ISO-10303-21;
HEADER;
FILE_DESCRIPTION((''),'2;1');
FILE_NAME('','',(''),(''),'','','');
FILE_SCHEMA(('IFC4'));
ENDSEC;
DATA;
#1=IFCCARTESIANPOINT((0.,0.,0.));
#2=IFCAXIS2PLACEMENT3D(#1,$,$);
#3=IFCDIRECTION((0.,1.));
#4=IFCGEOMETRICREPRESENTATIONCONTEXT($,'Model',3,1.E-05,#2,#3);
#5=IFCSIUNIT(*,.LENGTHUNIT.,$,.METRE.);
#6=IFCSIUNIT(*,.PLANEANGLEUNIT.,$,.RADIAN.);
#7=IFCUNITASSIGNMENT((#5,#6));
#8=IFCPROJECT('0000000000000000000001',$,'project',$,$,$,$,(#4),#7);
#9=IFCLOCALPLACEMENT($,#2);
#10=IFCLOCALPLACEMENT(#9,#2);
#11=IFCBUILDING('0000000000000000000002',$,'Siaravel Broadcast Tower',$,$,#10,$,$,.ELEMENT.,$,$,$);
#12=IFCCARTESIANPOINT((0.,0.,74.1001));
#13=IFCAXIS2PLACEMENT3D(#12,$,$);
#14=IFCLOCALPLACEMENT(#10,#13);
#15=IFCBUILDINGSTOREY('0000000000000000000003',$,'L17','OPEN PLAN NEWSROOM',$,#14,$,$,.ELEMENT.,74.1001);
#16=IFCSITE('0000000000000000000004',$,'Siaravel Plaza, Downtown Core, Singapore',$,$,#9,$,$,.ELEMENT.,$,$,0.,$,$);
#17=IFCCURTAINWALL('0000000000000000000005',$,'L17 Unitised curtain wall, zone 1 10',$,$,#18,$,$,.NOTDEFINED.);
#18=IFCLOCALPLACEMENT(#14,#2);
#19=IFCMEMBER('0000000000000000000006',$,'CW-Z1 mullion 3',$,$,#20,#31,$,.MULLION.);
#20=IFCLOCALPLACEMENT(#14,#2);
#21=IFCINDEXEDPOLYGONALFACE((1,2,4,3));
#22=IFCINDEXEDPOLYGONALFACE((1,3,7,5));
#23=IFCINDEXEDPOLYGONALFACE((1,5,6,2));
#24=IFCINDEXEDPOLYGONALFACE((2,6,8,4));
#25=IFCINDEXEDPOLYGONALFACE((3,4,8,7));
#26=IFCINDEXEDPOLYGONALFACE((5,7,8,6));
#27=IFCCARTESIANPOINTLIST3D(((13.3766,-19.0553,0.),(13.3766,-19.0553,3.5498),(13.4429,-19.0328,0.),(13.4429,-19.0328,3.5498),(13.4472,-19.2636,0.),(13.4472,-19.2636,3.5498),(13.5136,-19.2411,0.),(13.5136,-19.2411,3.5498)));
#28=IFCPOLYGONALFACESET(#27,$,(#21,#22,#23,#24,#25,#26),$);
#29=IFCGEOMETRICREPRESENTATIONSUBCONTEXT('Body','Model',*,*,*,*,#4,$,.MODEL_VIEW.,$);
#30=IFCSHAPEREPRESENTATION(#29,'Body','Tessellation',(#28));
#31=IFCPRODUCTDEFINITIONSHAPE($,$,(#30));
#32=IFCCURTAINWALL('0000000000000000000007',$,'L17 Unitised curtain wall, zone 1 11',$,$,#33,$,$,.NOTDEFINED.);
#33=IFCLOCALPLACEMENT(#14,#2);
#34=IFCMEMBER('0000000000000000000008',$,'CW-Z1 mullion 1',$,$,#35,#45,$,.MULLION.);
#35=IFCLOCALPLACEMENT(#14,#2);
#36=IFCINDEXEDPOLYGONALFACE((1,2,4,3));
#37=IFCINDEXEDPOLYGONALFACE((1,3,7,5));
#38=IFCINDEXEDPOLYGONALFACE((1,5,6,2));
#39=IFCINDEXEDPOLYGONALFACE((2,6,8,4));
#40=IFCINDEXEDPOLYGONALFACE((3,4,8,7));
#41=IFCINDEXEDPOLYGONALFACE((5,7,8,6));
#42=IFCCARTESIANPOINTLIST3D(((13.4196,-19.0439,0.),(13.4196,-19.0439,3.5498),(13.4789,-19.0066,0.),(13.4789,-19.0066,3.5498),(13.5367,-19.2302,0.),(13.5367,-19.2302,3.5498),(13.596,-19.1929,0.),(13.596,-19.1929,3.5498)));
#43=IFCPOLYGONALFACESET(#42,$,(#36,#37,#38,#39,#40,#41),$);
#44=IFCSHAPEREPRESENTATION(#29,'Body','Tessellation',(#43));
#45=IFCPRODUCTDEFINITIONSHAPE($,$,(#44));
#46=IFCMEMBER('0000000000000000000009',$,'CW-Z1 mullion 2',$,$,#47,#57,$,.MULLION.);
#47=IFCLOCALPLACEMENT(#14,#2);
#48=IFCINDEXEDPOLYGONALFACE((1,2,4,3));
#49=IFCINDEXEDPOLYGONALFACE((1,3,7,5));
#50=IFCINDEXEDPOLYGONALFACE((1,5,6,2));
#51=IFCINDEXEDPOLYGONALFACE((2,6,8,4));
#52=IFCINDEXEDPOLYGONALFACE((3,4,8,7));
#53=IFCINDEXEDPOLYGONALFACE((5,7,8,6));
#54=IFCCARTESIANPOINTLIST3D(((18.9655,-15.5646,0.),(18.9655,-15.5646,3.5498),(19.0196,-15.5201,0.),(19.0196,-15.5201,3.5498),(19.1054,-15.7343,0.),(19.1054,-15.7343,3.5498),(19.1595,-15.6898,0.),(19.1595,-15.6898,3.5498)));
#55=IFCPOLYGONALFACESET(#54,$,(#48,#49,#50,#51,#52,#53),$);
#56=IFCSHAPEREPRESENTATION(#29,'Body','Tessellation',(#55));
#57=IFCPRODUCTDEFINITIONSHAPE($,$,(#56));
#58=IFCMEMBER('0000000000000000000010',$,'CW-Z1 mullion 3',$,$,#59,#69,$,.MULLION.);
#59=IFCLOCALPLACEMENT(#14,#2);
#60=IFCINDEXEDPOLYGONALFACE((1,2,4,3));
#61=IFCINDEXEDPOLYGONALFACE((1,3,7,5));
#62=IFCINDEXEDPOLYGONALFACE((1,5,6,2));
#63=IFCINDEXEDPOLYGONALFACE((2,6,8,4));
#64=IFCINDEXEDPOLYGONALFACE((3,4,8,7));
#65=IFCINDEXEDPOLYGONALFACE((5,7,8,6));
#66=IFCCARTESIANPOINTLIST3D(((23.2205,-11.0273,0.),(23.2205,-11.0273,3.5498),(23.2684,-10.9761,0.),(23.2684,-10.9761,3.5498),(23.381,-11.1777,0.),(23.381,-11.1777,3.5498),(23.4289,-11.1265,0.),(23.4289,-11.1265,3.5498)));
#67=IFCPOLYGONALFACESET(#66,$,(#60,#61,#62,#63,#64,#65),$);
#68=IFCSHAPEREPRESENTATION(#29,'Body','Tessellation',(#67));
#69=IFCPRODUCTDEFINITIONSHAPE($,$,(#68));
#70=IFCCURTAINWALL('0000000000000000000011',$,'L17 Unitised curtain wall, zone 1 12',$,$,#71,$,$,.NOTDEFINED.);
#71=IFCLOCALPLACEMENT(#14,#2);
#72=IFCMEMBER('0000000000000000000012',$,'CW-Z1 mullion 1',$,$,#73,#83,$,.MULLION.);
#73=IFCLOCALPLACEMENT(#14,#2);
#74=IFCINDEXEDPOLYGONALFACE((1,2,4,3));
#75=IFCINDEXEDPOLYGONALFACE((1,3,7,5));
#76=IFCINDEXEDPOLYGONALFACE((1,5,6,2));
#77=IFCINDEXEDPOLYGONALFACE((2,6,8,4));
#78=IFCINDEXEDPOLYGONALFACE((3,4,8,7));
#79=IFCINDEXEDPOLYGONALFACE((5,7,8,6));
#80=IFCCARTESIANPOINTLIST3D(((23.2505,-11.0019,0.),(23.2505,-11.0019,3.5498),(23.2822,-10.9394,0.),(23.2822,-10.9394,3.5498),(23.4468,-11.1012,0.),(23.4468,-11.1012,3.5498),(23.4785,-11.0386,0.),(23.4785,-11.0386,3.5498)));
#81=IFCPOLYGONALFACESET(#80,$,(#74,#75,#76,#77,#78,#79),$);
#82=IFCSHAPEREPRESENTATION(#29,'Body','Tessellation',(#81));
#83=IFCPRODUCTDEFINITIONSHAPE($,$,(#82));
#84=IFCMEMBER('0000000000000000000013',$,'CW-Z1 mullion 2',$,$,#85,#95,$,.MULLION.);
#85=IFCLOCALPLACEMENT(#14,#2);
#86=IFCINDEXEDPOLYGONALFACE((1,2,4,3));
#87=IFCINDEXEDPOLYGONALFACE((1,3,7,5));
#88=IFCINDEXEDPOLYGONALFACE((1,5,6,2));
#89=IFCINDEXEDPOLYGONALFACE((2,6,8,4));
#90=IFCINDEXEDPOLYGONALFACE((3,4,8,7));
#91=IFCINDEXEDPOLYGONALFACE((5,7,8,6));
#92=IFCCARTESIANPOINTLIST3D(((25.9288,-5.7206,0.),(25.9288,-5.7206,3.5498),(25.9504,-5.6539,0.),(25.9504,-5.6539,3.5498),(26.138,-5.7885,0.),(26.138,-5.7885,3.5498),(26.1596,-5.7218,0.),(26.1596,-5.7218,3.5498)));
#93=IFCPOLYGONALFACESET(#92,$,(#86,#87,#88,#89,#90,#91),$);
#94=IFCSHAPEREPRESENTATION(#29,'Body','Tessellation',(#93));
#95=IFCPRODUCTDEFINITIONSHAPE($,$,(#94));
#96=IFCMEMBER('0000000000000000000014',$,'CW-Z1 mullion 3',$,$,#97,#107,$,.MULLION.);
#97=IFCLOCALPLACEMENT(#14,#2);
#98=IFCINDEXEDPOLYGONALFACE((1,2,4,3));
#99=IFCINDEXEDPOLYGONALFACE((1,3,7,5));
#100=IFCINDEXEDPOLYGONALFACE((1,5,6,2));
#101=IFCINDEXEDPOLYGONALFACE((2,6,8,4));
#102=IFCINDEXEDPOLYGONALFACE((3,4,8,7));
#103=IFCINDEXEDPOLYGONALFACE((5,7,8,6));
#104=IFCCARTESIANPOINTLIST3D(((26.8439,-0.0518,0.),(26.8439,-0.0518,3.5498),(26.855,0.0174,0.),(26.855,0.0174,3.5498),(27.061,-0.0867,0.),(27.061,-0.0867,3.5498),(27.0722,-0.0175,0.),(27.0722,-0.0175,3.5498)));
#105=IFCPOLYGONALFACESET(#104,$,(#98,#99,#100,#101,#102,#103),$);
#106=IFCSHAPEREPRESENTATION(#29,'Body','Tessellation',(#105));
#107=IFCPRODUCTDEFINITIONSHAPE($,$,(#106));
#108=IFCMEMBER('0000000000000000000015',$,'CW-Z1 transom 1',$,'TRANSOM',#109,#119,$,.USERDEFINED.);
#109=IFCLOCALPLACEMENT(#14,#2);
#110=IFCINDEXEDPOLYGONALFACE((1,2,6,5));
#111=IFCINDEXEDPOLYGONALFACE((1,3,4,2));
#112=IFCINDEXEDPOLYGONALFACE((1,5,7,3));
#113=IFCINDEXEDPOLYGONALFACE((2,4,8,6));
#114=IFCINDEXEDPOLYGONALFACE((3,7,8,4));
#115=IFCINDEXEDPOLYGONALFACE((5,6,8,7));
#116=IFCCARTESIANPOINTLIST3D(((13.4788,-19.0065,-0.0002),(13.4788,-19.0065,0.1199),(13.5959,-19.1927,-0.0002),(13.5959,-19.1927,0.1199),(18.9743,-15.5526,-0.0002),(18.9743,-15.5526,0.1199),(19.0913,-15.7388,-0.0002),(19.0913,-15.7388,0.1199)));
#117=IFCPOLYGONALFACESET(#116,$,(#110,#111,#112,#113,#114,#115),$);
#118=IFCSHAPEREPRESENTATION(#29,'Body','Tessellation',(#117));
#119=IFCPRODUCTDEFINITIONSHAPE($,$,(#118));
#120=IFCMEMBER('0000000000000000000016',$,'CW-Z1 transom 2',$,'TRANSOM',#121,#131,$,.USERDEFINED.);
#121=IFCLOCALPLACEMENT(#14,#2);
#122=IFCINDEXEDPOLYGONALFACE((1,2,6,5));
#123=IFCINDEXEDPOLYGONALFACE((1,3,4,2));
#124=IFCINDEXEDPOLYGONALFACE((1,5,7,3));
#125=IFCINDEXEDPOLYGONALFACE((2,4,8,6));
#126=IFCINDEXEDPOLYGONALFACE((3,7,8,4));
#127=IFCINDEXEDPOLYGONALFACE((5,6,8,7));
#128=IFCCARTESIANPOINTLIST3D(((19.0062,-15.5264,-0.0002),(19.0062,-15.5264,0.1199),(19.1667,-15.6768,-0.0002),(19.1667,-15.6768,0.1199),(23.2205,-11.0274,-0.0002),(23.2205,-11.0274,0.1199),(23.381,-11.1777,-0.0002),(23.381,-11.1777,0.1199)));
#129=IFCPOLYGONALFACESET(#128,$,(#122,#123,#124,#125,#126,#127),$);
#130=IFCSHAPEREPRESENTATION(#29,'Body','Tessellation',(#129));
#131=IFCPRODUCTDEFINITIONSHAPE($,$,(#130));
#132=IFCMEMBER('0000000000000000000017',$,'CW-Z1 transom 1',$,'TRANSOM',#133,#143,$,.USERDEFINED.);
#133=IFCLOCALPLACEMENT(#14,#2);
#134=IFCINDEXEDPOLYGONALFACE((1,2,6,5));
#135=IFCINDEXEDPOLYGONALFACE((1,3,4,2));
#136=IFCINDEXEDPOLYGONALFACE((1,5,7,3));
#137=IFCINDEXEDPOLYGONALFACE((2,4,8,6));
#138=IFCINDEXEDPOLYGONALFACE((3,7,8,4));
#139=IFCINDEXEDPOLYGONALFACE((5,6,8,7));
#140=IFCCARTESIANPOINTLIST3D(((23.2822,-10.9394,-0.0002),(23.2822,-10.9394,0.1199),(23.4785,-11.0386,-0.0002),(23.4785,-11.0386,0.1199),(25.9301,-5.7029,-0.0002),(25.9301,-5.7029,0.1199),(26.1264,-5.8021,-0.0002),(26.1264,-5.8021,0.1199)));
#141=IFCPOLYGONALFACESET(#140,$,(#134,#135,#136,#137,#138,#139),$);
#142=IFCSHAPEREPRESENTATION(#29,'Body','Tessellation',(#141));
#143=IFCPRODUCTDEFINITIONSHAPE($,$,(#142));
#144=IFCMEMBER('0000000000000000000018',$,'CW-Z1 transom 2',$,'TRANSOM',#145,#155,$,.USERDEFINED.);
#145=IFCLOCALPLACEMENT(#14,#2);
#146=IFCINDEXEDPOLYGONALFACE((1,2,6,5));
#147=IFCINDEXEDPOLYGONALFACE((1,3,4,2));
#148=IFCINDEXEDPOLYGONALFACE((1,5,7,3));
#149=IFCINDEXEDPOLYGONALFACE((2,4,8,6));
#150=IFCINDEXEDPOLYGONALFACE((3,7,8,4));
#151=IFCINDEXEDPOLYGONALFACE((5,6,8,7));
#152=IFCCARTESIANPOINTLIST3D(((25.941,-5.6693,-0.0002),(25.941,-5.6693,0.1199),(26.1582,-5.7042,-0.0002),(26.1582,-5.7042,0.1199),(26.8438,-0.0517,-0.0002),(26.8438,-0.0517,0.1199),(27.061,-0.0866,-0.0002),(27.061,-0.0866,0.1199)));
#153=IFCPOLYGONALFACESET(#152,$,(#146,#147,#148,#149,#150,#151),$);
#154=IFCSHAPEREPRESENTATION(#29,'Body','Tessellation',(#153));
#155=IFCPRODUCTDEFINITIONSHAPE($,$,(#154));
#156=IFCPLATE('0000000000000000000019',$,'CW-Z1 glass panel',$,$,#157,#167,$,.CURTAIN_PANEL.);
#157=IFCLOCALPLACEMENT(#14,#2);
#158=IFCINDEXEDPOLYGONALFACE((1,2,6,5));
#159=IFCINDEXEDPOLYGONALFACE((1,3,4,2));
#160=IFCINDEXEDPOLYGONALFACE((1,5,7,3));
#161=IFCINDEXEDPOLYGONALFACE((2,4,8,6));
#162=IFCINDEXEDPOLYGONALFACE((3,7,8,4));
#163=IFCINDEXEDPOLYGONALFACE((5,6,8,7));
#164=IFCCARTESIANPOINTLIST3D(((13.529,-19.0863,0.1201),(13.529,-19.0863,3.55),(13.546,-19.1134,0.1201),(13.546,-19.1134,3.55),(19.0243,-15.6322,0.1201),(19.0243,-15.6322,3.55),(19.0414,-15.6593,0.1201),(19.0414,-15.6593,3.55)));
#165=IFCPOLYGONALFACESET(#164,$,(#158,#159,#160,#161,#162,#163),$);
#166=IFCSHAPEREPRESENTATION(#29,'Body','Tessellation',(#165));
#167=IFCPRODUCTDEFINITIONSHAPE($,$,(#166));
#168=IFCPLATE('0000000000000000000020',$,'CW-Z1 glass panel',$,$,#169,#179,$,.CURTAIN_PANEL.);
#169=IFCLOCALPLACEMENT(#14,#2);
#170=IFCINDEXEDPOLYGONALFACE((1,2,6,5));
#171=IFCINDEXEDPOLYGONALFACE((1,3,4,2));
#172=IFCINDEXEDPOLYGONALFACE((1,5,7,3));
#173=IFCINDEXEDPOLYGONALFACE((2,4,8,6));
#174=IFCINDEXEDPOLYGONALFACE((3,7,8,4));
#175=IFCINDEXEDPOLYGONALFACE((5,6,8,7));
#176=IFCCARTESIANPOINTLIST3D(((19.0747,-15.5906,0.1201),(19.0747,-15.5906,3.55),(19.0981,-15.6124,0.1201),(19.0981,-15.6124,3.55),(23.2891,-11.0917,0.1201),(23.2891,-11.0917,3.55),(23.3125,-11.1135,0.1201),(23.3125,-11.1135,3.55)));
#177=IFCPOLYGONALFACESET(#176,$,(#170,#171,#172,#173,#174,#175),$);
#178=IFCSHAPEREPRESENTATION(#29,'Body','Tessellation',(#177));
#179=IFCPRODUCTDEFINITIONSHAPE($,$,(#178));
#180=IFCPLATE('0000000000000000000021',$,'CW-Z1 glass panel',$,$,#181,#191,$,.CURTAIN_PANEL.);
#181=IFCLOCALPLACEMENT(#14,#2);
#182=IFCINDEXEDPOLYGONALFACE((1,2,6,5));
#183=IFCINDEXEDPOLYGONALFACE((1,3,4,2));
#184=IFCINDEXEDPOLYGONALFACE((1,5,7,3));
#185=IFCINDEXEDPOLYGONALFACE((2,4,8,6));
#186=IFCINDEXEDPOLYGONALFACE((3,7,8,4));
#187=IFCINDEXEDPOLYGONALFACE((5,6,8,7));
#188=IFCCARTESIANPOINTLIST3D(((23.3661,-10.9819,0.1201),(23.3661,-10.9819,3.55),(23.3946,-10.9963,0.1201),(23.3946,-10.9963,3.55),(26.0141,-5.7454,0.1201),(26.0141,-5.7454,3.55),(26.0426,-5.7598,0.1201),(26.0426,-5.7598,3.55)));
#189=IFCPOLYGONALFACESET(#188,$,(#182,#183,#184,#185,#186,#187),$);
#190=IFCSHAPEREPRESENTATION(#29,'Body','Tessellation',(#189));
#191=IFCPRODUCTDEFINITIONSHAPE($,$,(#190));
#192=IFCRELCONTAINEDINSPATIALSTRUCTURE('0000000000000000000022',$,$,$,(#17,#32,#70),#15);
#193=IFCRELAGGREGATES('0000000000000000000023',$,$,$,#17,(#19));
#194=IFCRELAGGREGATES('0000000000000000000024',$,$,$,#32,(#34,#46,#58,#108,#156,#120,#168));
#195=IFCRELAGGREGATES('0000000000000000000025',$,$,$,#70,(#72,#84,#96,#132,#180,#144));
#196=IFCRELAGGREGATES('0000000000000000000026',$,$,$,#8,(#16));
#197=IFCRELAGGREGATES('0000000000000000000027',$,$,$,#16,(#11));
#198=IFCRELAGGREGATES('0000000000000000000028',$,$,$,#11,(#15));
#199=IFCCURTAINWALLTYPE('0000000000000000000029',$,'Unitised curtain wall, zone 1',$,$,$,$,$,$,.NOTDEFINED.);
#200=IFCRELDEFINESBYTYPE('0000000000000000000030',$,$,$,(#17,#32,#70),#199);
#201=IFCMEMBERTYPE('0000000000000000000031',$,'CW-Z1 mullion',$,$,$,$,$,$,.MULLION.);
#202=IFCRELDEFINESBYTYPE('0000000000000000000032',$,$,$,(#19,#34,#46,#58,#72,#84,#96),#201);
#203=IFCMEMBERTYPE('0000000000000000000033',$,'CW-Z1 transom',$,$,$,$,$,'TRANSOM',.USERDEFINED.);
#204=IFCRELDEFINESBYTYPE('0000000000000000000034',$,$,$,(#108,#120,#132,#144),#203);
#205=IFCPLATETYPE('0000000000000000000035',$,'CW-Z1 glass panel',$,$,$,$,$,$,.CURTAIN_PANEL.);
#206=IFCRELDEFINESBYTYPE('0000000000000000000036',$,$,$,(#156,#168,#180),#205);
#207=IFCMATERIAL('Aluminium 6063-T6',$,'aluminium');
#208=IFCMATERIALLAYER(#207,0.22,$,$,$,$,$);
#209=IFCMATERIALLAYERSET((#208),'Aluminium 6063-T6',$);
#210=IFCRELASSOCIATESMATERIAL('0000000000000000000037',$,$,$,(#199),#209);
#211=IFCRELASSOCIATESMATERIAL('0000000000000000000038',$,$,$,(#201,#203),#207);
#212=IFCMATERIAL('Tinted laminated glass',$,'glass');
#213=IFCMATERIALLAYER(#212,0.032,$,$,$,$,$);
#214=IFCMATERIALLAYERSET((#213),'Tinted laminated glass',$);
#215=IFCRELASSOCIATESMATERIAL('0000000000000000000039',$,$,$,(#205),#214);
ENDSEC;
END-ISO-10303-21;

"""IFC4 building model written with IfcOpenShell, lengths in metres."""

from ifc_helpers import new_model, si_unit, direction, frame, origin, origin_2d, place, context, subcontext, project, spatial, rectangle, extrude, material, layer, layer_set, material_profile, profile_set, type_object, element, aggregate, save


model = new_model("IFC4")

# Units and contexts
model_context = context("Model", 3, precision=1e-05, world=origin(), true_north=direction((0.0, 1.0)))
body_context = subcontext(model_context, "Body", "Model", "MODEL_VIEW")
ifc_project = project(units=[si_unit("LENGTHUNIT", "METRE"), si_unit("PLANEANGLEUNIT", "RADIAN")], contexts=[model_context])

# Site, building, storey
site_placement = place(None, origin())
site = spatial("IfcSite", under=ifc_project, at=site_placement, Name="Siaravel Plaza, Downtown Core, Singapore", CompositionType="ELEMENT", RefElevation=0.0)
building_placement = place(site_placement, origin())
building = spatial("IfcBuilding", under=site, at=building_placement, Name="Siaravel Broadcast Tower", CompositionType="ELEMENT")
storey_placement = place(building_placement, frame((0.0, 0.0, 74.1001)))
storey = spatial("IfcBuildingStorey", under=building, at=storey_placement, Name="L17", Description="OPEN PLAN NEWSROOM", CompositionType="ELEMENT", Elevation=74.1001)

# Curtain wall, member
ifc_material_1 = material(Name="Aluminium 6063-T6", Category="aluminium")
ifc_layer_1 = layer(ifc_material_1, 0.22)
ifc_layer_set_1 = layer_set([ifc_layer_1], Name="Aluminium 6063-T6")
curtain_wall_type = type_object("IfcCurtainWallType", Name="Unitised curtain wall, zone 1", PredefinedType="NOTDEFINED", material=ifc_layer_set_1)
curtain_wall_1_placement = place(storey_placement, origin())
curtain_wall_1 = element("IfcCurtainWall", 1, at=curtain_wall_1_placement, inside=storey, type_object=curtain_wall_type, Name="L17 Unitised curtain wall, zone 1 10", PredefinedType="NOTDEFINED")
ifc_material_profile_1 = material_profile(ifc_material_1, rectangle(XDim=0.22, YDim=0.0701, at=origin_2d()))
ifc_profile_set_1 = profile_set([ifc_material_profile_1], Name="Aluminium 6063-T6")
member_type_1 = type_object("IfcMemberType", Name="CW-Z1 mullion", PredefinedType="MULLION", material=ifc_profile_set_1)
member_1_placement = place(storey_placement, frame((13.4451, -19.1482, 0.0), z_axis=(0.0, 0.0, 1.0), x_axis=(-0.321301, 0.946977, 0.0)))
member_1 = element("IfcMember", 2, at=member_1_placement, type_object=member_type_1, Name="CW-Z1 mullion 3", PredefinedType="MULLION", context=body_context, shape_type="SweptSolid", body=[
    extrude(rectangle(XDim=0.22, YDim=0.0701, at=origin_2d()), origin(), (0.0, 0.0, 1.0), 3.5498),
])
aggregate(curtain_wall_1, [member_1])

# Curtain walls, members
curtain_wall_2_placement = place(storey_placement, origin())
curtain_wall_2 = element("IfcCurtainWall", 3, at=curtain_wall_2_placement, inside=storey, type_object=curtain_wall_type, Name="L17 Unitised curtain wall, zone 1 11", PredefinedType="NOTDEFINED")
member_2_placement = place(storey_placement, frame((13.5078, -19.1184, 0.0), z_axis=(0.0, 0.0, 1.0), x_axis=(-0.53215, 0.84665, 0.0)))
member_2 = element("IfcMember", 4, at=member_2_placement, type_object=member_type_1, Name="CW-Z1 mullion 1", PredefinedType="MULLION", context=body_context, shape_type="SweptSolid", body=[
    extrude(rectangle(XDim=0.22, YDim=0.0701, at=origin_2d()), origin(), (0.0, 0.0, 1.0), 3.5498),
])
member_3_placement = place(storey_placement, frame((19.0625, -15.6272, 0.0), z_axis=(0.0, 0.0, 1.0), x_axis=(-0.636219, 0.771508, 0.0)))
member_3 = element("IfcMember", 5, at=member_3_placement, type_object=member_type_1, Name="CW-Z1 mullion 2", PredefinedType="MULLION", context=body_context, shape_type="SweptSolid", body=[
    extrude(rectangle(XDim=0.22, YDim=0.0701, at=origin_2d()), origin(), (0.0, 0.0, 1.0), 3.5498),
])
member_4_placement = place(storey_placement, frame((23.3247, -11.0769, 0.0), z_axis=(0.0, 0.0, 1.0), x_axis=(-0.729806, 0.683655, 0.0)))
member_4 = element("IfcMember", 6, at=member_4_placement, type_object=member_type_1, Name="CW-Z1 mullion 3", PredefinedType="MULLION", context=body_context, shape_type="SweptSolid", body=[
    extrude(rectangle(XDim=0.22, YDim=0.0701, at=origin_2d()), origin(), (0.0, 0.0, 1.0), 3.5498),
])
curtain_wall_3_placement = place(storey_placement, origin())
curtain_wall_3 = element("IfcCurtainWall", 7, at=curtain_wall_3_placement, inside=storey, type_object=curtain_wall_type, Name="L17 Unitised curtain wall, zone 1 12", PredefinedType="NOTDEFINED")
member_5_placement = place(storey_placement, frame((23.3645, -11.0203, 0.0), z_axis=(0.0, 0.0, 1.0), x_axis=(-0.892392, 0.451261, 0.0)))
member_5 = element("IfcMember", 8, at=member_5_placement, type_object=member_type_1, Name="CW-Z1 mullion 1", PredefinedType="MULLION", context=body_context, shape_type="SweptSolid", body=[
    extrude(rectangle(XDim=0.22, YDim=0.0701, at=origin_2d()), origin(), (0.0, 0.0, 1.0), 3.5498),
])
member_6_placement = place(storey_placement, frame((26.0442, -5.7212, 0.0), z_axis=(0.0, 0.0, 1.0), x_axis=(-0.951177, 0.308645, 0.0)))
member_6 = element("IfcMember", 9, at=member_6_placement, type_object=member_type_1, Name="CW-Z1 mullion 2", PredefinedType="MULLION", context=body_context, shape_type="SweptSolid", body=[
    extrude(rectangle(XDim=0.22, YDim=0.0701, at=origin_2d()), origin(), (0.0, 0.0, 1.0), 3.5498),
])
member_7_placement = place(storey_placement, frame((26.958, -0.0347, 0.0), z_axis=(0.0, 0.0, 1.0), x_axis=(-0.987329, 0.158685, 0.0)))
member_7 = element("IfcMember", 10, at=member_7_placement, type_object=member_type_1, Name="CW-Z1 mullion 3", PredefinedType="MULLION", context=body_context, shape_type="SweptSolid", body=[
    extrude(rectangle(XDim=0.22, YDim=0.0701, at=origin_2d()), origin(), (0.0, 0.0, 1.0), 3.5498),
])

# Members
ifc_material_profile_2 = material_profile(ifc_material_1, rectangle(XDim=0.22, YDim=0.1201, at=origin_2d()))
ifc_profile_set_2 = profile_set([ifc_material_profile_2], Name="Aluminium 6063-T6")
member_type_2 = type_object("IfcMemberType", Name="CW-Z1 transom", ElementType="TRANSOM", PredefinedType="USERDEFINED", material=ifc_profile_set_2)
member_8_placement = place(storey_placement, frame((13.5374, -19.0996, 0.0598), z_axis=(0.846662, 0.532131, 0.0), x_axis=(-0.532131, 0.846662, 0.0)))
member_8 = element("IfcMember", 11, at=member_8_placement, type_object=member_type_2, Name="CW-Z1 transom 1", ObjectType="TRANSOM", PredefinedType="USERDEFINED", context=body_context, shape_type="SweptSolid", body=[
    extrude(rectangle(XDim=0.22, YDim=0.1201, at=origin_2d()), origin(), (0.0, 0.0, 1.0), 6.4907),
])
member_9_placement = place(storey_placement, frame((19.0864, -15.6016, 0.0598), z_axis=(0.683641, 0.729819, 0.0), x_axis=(-0.729819, 0.683641, 0.0)))
member_9 = element("IfcMember", 12, at=member_9_placement, type_object=member_type_2, Name="CW-Z1 transom 2", ObjectType="TRANSOM", PredefinedType="USERDEFINED", context=body_context, shape_type="SweptSolid", body=[
    extrude(rectangle(XDim=0.22, YDim=0.1201, at=origin_2d()), origin(), (0.0, 0.0, 1.0), 6.1646),
])
member_10_placement = place(storey_placement, frame((23.3804, -10.989, 0.0598), z_axis=(0.451253, 0.892396, 0.0), x_axis=(-0.892396, 0.451253, 0.0)))
member_10 = element("IfcMember", 13, at=member_10_placement, type_object=member_type_2, Name="CW-Z1 transom 1", ObjectType="TRANSOM", PredefinedType="USERDEFINED", context=body_context, shape_type="SweptSolid", body=[
    extrude(rectangle(XDim=0.22, YDim=0.1201, at=origin_2d()), origin(), (0.0, 0.0, 1.0), 5.8679),
])
member_11_placement = place(storey_placement, frame((26.0496, -5.6868, 0.0598), z_axis=(0.158677, 0.987331, 0.0), x_axis=(-0.987331, 0.158677, 0.0)))
member_11 = element("IfcMember", 14, at=member_11_placement, type_object=member_type_2, Name="CW-Z1 transom 2", ObjectType="TRANSOM", PredefinedType="USERDEFINED", context=body_context, shape_type="SweptSolid", body=[
    extrude(rectangle(XDim=0.22, YDim=0.1201, at=origin_2d()), origin(), (0.0, 0.0, 1.0), 5.6897),
])

# Plates
ifc_material_2 = material(Name="Tinted laminated glass", Category="glass")
ifc_layer_2 = layer(ifc_material_2, 0.032)
ifc_layer_set_2 = layer_set([ifc_layer_2], Name="Tinted laminated glass")
plate_type = type_object("IfcPlateType", Name="CW-Z1 glass panel", PredefinedType="CURTAIN_PANEL", material=ifc_layer_set_2)
plate_1_placement = place(storey_placement, frame((16.2852, -17.3728, 0.1201), z_axis=(0.0, 0.0, 1.0), x_axis=(0.84665, 0.53215, 0.0)))
plate_1 = element("IfcPlate", 15, at=plate_1_placement, type_object=plate_type, Name="CW-Z1 glass panel", PredefinedType="CURTAIN_PANEL", context=body_context, shape_type="SweptSolid", body=[
    extrude(rectangle(XDim=6.4907, YDim=0.032, at=origin_2d()), origin(), (0.0, 0.0, 1.0), 3.4299),
])
plate_2_placement = place(storey_placement, frame((21.1936, -13.3521, 0.1201), z_axis=(0.0, 0.0, 1.0), x_axis=(0.683655, 0.729806, 0.0)))
plate_2 = element("IfcPlate", 16, at=plate_2_placement, type_object=plate_type, Name="CW-Z1 glass panel", PredefinedType="CURTAIN_PANEL", context=body_context, shape_type="SweptSolid", body=[
    extrude(rectangle(XDim=6.1646, YDim=0.032, at=origin_2d()), origin(), (0.0, 0.0, 1.0), 3.4299),
])
aggregate(curtain_wall_2, [member_2, member_3, member_4, member_8, plate_1, member_9, plate_2])
plate_3_placement = place(storey_placement, frame((24.7043, -8.3708, 0.1201), z_axis=(0.0, 0.0, 1.0), x_axis=(0.451261, 0.892392, 0.0)))
plate_3 = element("IfcPlate", 17, at=plate_3_placement, type_object=plate_type, Name="CW-Z1 glass panel", PredefinedType="CURTAIN_PANEL", context=body_context, shape_type="SweptSolid", body=[
    extrude(rectangle(XDim=5.8679, YDim=0.032, at=origin_2d()), origin(), (0.0, 0.0, 1.0), 3.4299),
])
aggregate(curtain_wall_3, [member_5, member_6, member_7, member_10, plate_3, member_11])

save(model, "model.ifc")
